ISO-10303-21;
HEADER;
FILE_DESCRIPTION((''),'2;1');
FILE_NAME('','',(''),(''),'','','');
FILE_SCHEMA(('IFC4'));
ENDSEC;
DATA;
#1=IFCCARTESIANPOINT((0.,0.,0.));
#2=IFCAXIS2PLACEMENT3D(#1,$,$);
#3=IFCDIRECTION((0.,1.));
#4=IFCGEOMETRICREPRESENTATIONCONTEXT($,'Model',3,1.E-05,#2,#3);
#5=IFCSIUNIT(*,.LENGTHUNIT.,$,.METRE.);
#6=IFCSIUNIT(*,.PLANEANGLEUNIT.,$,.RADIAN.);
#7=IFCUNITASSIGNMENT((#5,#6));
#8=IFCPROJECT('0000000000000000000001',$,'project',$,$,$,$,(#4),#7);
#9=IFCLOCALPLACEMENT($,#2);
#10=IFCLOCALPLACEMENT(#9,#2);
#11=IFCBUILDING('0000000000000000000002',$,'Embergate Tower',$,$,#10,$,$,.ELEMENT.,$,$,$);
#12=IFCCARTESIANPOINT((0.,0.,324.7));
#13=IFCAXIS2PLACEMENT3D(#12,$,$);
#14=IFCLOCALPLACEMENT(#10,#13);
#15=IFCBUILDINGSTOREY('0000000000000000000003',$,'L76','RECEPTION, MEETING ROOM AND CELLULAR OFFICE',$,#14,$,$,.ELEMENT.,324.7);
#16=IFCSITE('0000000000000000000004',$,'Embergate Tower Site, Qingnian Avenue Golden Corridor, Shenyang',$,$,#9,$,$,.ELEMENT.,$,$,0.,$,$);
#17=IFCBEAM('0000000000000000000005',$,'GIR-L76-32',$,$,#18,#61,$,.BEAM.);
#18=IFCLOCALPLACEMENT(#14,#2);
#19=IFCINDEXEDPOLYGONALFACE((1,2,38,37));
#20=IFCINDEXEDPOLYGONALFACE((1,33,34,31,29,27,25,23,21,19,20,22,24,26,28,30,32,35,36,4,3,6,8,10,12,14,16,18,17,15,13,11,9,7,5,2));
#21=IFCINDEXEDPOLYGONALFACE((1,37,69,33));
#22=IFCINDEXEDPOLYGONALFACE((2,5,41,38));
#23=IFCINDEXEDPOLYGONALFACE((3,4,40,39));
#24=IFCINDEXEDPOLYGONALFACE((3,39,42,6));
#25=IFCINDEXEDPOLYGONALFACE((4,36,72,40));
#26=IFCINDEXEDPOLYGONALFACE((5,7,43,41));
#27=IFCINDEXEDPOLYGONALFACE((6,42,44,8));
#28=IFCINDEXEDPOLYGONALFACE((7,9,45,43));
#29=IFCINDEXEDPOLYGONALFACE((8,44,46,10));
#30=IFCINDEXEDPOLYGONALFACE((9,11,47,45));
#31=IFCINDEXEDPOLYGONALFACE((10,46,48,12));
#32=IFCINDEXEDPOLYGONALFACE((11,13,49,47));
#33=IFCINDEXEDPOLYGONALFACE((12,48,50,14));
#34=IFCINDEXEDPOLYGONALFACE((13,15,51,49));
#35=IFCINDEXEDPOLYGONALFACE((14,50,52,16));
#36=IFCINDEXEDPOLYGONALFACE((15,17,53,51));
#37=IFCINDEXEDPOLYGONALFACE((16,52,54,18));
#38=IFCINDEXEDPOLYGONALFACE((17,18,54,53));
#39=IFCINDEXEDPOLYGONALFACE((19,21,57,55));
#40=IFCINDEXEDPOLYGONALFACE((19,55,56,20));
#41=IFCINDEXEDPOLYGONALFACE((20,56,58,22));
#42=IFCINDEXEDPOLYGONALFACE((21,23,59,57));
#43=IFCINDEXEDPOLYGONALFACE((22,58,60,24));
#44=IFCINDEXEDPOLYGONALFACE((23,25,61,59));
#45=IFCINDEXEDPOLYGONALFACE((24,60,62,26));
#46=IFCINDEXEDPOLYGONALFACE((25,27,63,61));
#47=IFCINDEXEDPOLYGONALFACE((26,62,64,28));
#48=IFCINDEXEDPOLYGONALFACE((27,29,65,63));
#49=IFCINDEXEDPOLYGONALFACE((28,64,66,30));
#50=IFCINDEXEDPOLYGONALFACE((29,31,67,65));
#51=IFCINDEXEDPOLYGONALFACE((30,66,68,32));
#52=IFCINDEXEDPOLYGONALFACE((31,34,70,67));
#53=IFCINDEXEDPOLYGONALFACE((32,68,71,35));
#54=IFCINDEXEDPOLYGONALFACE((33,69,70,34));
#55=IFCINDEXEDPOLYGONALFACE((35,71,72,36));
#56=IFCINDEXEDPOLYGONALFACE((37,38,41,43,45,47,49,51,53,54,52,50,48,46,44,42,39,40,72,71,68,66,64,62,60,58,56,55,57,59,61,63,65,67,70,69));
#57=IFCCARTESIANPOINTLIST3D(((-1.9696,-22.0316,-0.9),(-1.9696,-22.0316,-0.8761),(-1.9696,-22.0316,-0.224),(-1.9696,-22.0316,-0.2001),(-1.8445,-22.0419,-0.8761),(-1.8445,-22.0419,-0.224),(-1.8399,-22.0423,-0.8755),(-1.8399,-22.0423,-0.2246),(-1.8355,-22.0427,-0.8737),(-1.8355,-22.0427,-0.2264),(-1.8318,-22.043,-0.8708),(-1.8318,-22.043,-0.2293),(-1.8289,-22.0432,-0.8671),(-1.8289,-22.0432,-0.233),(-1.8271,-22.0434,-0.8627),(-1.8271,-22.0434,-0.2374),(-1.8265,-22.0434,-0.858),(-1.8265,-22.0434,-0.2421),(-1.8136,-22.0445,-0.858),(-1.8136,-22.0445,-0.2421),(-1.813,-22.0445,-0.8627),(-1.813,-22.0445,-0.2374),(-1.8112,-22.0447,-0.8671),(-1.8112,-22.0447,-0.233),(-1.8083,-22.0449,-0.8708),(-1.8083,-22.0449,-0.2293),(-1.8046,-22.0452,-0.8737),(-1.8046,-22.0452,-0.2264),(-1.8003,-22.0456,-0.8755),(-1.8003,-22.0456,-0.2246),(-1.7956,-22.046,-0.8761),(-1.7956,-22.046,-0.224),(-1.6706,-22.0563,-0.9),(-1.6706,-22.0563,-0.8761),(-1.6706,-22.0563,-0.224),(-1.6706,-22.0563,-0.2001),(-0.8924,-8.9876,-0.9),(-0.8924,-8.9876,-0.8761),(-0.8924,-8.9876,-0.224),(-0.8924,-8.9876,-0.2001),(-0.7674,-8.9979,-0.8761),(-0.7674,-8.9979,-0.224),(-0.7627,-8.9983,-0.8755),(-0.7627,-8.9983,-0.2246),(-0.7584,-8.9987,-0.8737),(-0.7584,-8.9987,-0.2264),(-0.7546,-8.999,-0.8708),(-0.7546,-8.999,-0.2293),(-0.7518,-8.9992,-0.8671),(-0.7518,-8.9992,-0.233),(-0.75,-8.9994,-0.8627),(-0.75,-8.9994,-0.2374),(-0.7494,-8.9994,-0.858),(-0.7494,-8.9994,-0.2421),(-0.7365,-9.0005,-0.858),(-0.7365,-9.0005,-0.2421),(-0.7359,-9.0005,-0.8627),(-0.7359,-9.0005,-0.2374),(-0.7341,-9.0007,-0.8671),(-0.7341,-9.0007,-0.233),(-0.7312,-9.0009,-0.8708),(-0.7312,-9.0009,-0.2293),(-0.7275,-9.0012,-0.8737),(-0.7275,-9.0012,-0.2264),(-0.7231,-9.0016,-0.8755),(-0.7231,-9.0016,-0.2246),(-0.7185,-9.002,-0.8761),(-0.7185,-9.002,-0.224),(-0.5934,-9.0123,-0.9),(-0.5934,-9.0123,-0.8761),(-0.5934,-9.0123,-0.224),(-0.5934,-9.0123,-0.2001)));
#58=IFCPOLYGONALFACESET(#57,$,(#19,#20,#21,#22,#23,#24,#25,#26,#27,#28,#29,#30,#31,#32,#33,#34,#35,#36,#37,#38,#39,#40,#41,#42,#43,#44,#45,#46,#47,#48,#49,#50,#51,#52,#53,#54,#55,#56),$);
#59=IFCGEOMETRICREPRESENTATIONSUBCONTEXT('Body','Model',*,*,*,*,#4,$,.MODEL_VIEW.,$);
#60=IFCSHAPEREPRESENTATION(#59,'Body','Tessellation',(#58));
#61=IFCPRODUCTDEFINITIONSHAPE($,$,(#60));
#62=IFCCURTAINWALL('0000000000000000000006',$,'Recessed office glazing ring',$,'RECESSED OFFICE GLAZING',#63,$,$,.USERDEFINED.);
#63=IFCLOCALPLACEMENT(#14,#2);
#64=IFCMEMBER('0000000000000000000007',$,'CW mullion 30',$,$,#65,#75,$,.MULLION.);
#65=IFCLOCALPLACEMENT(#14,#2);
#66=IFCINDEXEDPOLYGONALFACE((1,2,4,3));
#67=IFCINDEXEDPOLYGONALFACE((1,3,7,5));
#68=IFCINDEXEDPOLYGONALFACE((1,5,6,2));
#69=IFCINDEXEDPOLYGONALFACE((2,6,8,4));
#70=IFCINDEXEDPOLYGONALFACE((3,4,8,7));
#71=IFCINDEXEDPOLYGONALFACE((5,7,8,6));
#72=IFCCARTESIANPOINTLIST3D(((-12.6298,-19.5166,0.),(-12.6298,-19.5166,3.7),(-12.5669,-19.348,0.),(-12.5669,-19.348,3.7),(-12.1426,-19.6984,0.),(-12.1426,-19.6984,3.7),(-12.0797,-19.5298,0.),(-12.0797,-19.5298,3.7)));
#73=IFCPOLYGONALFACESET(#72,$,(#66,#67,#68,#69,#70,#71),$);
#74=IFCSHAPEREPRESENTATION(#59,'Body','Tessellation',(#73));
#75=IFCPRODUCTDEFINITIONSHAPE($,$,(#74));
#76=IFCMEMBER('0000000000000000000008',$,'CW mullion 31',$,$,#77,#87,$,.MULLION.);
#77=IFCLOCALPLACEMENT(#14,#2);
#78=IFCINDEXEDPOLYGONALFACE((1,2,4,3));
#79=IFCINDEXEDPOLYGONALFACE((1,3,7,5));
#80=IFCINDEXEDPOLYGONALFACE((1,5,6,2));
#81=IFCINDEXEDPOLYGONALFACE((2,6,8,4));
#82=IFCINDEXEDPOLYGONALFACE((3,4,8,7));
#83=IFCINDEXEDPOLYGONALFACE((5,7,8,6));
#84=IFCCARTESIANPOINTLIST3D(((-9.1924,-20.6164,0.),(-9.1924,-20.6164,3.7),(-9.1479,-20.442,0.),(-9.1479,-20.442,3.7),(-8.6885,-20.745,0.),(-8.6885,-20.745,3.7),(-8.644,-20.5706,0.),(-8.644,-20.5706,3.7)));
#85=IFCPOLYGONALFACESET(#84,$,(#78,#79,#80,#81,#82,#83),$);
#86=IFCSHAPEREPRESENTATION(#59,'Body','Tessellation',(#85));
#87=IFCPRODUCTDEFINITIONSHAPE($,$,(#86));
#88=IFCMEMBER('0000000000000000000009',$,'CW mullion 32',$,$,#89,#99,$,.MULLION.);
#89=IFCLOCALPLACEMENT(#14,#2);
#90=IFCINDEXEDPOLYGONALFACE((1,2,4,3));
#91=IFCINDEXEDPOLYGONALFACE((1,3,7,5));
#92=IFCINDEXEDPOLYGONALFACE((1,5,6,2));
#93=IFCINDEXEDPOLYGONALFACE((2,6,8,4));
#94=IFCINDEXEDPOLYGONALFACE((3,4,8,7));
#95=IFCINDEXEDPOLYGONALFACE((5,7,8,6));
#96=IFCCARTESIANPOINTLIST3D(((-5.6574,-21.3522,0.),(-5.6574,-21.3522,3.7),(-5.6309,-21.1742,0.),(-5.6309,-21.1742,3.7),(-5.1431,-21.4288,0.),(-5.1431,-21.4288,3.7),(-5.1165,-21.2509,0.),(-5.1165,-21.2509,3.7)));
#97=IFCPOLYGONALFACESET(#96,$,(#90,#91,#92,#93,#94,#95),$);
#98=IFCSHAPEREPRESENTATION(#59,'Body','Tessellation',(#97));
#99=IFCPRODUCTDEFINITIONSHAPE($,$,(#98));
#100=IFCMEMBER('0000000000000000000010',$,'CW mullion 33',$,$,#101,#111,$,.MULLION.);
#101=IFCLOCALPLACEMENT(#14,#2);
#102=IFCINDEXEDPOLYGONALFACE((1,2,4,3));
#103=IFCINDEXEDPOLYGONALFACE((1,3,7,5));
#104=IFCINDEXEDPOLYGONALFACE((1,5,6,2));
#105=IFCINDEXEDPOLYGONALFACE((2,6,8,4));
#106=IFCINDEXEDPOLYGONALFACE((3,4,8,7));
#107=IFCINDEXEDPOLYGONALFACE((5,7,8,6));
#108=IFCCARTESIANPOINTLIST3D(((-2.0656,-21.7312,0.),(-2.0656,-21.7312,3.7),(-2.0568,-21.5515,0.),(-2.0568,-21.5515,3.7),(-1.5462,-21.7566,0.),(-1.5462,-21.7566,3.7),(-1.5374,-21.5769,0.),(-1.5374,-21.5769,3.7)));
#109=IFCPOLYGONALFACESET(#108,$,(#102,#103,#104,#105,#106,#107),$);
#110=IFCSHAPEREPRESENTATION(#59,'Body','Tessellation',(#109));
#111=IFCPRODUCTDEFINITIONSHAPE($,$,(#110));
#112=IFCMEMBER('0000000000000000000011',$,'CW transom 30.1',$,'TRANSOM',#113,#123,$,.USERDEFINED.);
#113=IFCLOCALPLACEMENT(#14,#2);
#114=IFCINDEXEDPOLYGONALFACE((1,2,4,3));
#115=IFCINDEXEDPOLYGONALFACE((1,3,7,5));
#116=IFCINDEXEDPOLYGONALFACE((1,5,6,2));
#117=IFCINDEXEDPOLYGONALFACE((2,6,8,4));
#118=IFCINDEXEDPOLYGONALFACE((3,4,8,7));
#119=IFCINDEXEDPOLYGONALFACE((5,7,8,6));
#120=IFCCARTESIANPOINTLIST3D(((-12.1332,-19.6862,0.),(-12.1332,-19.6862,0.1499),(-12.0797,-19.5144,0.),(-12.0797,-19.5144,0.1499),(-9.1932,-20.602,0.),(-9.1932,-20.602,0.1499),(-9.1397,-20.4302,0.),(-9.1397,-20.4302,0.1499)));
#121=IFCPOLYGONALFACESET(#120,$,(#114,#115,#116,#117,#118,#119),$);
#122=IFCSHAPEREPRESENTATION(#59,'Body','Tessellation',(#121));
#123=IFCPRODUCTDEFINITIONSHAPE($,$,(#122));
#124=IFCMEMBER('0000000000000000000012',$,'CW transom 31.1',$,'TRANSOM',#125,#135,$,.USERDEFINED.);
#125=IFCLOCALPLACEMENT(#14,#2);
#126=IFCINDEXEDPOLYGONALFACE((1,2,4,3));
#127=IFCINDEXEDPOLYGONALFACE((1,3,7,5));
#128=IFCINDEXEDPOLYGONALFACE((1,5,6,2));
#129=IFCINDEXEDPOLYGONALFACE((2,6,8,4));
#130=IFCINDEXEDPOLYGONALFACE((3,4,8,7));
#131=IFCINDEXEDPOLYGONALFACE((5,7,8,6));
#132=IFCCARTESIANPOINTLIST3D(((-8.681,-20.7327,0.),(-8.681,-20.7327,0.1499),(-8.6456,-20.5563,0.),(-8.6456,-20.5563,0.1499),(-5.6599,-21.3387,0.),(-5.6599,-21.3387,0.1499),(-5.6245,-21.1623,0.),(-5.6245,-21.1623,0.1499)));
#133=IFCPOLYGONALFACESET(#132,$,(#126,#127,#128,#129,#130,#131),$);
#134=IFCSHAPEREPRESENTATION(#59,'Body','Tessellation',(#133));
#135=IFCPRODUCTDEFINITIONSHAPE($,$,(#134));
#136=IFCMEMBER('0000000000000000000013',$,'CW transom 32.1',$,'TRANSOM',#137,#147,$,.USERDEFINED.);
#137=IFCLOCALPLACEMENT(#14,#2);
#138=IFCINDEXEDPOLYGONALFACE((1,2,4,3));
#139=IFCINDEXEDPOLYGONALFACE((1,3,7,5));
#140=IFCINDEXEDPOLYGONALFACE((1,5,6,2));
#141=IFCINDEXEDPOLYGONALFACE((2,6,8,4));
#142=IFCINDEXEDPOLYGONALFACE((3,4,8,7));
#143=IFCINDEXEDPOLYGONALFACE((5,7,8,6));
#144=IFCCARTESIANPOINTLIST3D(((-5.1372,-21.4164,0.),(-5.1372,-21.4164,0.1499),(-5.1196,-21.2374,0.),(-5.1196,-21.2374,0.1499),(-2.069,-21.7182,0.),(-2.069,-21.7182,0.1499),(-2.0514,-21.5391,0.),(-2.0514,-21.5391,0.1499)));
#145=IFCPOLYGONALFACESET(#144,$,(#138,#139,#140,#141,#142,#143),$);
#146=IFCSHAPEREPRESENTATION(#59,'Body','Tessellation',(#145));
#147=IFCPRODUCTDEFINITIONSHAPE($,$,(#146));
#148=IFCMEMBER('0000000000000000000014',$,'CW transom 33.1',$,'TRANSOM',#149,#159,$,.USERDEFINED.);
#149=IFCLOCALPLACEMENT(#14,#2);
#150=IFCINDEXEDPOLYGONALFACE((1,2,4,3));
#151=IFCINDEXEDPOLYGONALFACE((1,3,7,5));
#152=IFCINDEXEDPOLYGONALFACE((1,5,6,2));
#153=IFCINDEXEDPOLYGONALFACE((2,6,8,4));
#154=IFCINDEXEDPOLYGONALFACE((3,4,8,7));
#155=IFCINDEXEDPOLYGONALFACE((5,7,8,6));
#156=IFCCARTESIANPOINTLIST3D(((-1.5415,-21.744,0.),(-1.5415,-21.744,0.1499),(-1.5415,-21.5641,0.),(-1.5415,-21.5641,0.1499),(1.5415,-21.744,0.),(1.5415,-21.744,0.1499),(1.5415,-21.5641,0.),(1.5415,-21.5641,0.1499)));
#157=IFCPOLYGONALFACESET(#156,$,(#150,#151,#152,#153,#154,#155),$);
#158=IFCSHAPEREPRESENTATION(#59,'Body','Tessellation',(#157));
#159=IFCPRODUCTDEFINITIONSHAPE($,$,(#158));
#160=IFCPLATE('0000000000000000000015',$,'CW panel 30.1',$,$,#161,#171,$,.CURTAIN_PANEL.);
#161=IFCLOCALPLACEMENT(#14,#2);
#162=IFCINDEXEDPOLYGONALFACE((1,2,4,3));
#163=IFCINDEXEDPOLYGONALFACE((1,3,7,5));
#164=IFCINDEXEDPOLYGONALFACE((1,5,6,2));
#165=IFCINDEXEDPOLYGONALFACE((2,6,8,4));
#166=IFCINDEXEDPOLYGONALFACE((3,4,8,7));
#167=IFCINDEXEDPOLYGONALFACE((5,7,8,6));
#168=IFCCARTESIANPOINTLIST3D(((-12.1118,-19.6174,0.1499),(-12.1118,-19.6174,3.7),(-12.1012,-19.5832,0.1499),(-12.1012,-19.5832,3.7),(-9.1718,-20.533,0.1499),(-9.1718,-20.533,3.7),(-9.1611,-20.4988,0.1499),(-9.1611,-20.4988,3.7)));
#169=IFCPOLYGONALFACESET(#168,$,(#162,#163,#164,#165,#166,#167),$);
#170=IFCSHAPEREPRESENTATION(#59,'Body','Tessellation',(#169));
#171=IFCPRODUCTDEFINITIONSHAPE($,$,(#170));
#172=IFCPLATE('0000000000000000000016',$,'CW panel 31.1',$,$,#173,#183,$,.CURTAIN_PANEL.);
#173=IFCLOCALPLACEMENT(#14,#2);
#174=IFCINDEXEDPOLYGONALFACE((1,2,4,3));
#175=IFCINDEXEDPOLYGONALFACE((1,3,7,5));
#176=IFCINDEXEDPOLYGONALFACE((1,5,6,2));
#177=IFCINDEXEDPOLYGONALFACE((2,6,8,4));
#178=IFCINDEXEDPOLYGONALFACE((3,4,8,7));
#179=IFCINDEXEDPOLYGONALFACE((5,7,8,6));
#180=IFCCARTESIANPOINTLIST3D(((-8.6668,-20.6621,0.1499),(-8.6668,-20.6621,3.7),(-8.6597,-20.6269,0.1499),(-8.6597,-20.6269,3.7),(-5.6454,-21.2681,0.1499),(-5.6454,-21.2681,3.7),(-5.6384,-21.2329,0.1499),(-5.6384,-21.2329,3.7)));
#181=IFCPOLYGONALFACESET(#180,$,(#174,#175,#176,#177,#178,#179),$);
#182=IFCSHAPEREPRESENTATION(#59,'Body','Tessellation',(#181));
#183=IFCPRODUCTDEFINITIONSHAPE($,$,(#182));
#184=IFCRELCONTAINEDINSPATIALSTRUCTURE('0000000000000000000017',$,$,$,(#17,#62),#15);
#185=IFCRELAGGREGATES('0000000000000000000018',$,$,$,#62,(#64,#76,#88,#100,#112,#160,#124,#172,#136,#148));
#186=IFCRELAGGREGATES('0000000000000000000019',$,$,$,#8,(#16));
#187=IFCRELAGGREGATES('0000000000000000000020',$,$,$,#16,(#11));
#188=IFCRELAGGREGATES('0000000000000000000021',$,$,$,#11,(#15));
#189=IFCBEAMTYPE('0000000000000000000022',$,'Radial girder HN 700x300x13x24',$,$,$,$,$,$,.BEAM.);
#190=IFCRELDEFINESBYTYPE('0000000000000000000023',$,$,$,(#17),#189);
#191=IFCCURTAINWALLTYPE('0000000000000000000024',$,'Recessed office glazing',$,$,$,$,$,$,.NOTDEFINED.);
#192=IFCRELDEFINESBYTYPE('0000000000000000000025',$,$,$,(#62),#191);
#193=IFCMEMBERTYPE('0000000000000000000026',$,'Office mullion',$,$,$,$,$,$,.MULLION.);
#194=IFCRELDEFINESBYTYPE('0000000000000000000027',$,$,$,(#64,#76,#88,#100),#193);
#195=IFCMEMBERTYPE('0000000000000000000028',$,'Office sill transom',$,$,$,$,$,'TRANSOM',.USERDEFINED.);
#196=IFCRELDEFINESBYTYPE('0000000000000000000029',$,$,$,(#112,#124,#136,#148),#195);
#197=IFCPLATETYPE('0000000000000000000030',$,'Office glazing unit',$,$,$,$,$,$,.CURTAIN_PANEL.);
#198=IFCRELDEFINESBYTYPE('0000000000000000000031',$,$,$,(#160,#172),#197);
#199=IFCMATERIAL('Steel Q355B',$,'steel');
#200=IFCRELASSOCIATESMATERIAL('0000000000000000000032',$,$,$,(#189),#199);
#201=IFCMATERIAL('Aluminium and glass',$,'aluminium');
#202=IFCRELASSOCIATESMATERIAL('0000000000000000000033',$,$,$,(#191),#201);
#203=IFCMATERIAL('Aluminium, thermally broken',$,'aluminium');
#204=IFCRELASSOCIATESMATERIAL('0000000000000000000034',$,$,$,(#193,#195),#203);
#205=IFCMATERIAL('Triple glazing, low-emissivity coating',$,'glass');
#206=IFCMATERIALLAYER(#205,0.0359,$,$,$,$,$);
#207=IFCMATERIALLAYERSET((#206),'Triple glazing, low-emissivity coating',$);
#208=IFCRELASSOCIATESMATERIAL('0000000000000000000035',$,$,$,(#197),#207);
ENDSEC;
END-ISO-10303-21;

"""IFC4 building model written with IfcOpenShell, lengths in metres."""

from ifc_helpers import new_model, si_unit, direction, frame, origin, origin_2d, place, context, subcontext, project, spatial, rectangle, i_section, extrude, source, transform, mapped, material, layer, layer_set, material_profile, profile_set, type_object, element, aggregate, save


model = new_model("IFC4")

# Units and contexts
model_context = context("Model", 3, precision=1e-05, world=origin(), true_north=direction((0.0, 1.0)))
body_context = subcontext(model_context, "Body", "Model", "MODEL_VIEW")
ifc_project = project(units=[si_unit("LENGTHUNIT", "METRE"), si_unit("PLANEANGLEUNIT", "RADIAN")], contexts=[model_context])

# Site, building, storey
site_placement = place(None, origin())
site = spatial("IfcSite", under=ifc_project, at=site_placement, Name="Embergate Tower Site, Qingnian Avenue Golden Corridor, Shenyang", CompositionType="ELEMENT", RefElevation=0.0)
building_placement = place(site_placement, origin())
building = spatial("IfcBuilding", under=site, at=building_placement, Name="Embergate Tower", CompositionType="ELEMENT")
storey_placement = place(building_placement, frame((0.0, 0.0, 324.7)))
storey = spatial("IfcBuildingStorey", under=building, at=storey_placement, Name="L76", Description="RECEPTION, MEETING ROOM AND CELLULAR OFFICE", CompositionType="ELEMENT", Elevation=324.7)

# Beam
ifc_material_1 = material(Name="Steel Q355B", Category="steel")
ifc_material_profile_1 = material_profile(ifc_material_1, i_section(OverallWidth=0.3, OverallDepth=0.7, WebThickness=0.0129, FlangeThickness=0.0239, FilletRadius=0.0181, at=origin_2d()), Name="HN 700x300x13x24")
ifc_profile_set_1 = profile_set([ifc_material_profile_1], Name="Steel Q355 grade B")
beam_type_1 = type_object("IfcBeamType", Name="Radial girder HN 700x300x13x24", PredefinedType="BEAM", material=ifc_profile_set_1)
shared_shape_1 = source(origin(), body_context, "Body", "SweptSolid", [
    extrude(i_section(OverallWidth=0.3, OverallDepth=0.7, WebThickness=0.0129, FlangeThickness=0.0239, FilletRadius=0.0181, at=origin_2d()), origin(), (0.0, 0.0, 1.0), 13.0884),
])
beam_1_placement = place(storey_placement, frame((-1.8201, -22.0439, -0.55), z_axis=(0.082298, 0.996608, 0.0), x_axis=(-0.996608, 0.082298, 0.0)))
element("IfcBeam", 1, at=beam_1_placement, inside=storey, type_object=beam_type_1, Name="GIR-L76-32", PredefinedType="BEAM", context=body_context, shape_type="MappedRepresentation", body=[
    mapped(shared_shape_1, transform((0.0, 0.0, 0.0))),
])

# Curtain wall, members
ifc_material_2 = material(Name="Aluminium and glass", Category="aluminium")
curtain_wall_type = type_object("IfcCurtainWallType", Name="Recessed office glazing", PredefinedType="NOTDEFINED", material=ifc_material_2)
curtain_wall_placement = place(storey_placement, origin())
curtain_wall = element("IfcCurtainWall", 2, at=curtain_wall_placement, inside=storey, type_object=curtain_wall_type, Name="Recessed office glazing ring", ObjectType="RECESSED OFFICE GLAZING", PredefinedType="USERDEFINED")
ifc_material_3 = material(Name="Aluminium, thermally broken", Category="aluminium")
ifc_material_profile_2 = material_profile(ifc_material_3, rectangle(XDim=0.1799, YDim=0.52, at=origin_2d()), Name="AL 520x180")
ifc_profile_set_2 = profile_set([ifc_material_profile_2], Name="Aluminium, thermally broken")
member_type_1 = type_object("IfcMemberType", Name="Office mullion", PredefinedType="MULLION", material=ifc_profile_set_2)
shared_shape_2 = source(origin(), body_context, "Body", "SweptSolid", [
    extrude(rectangle(XDim=0.1799, YDim=0.52, at=origin_2d()), origin(), (0.0, 0.0, 1.0), 3.7),
])
member_1_placement = place(storey_placement, frame((-12.3547, -19.5232, 0.0), z_axis=(0.0, 0.0, 1.0), x_axis=(0.349501, 0.936936, 0.0)))
member_1 = element("IfcMember", 3, at=member_1_placement, type_object=member_type_1, Name="CW mullion 30", PredefinedType="MULLION", context=body_context, shape_type="MappedRepresentation", body=[
    mapped(shared_shape_2, transform((0.0, 0.0, 0.0))),
])
member_2_placement = place(storey_placement, frame((-8.9182, -20.5935, 0.0), z_axis=(0.0, 0.0, 1.0), x_axis=(0.247312, 0.968936, 0.0)))
member_2 = element("IfcMember", 4, at=member_2_placement, type_object=member_type_1, Name="CW mullion 31", PredefinedType="MULLION", context=body_context, shape_type="MappedRepresentation", body=[
    mapped(shared_shape_2, transform((0.0, 0.0, 0.0))),
])
member_3_placement = place(storey_placement, frame((-5.387, -21.3015, 0.0), z_axis=(0.0, 0.0, 1.0), x_axis=(0.147412, 0.989075, 0.0)))
member_3 = element("IfcMember", 5, at=member_3_placement, type_object=member_type_1, Name="CW mullion 32", PredefinedType="MULLION", context=body_context, shape_type="MappedRepresentation", body=[
    mapped(shared_shape_2, transform((0.0, 0.0, 0.0))),
])
member_4_placement = place(storey_placement, frame((-1.8015, -21.6541, 0.0), z_axis=(0.0, 0.0, 1.0), x_axis=(0.048972, 0.9988, 0.0)))
member_4 = element("IfcMember", 6, at=member_4_placement, type_object=member_type_1, Name="CW mullion 33", PredefinedType="MULLION", context=body_context, shape_type="MappedRepresentation", body=[
    mapped(shared_shape_2, transform((0.0, 0.0, 0.0))),
])
ifc_material_profile_3 = material_profile(ifc_material_3, rectangle(XDim=0.1799, YDim=0.1499, at=origin_2d()), Name="AL 150x180")
ifc_profile_set_3 = profile_set([ifc_material_profile_3], Name="Aluminium, thermally broken")
member_type_2 = type_object("IfcMemberType", Name="Office sill transom", ElementType="TRANSOM", PredefinedType="USERDEFINED", material=ifc_profile_set_3)
shared_shape_3 = source(origin(), body_context, "Body", "SweptSolid", [
    extrude(rectangle(XDim=0.1799, YDim=0.1499, at=origin_2d()), origin(), (0.0, 0.0, 1.0), 3.0793),
])
member_5_placement = place(storey_placement, frame((-12.1064, -19.6003, 0.075), z_axis=(0.954753, -0.297399, 0.0), x_axis=(0.297399, 0.954753, 0.0)))
member_5 = element("IfcMember", 7, at=member_5_placement, type_object=member_type_2, Name="CW transom 30.1", ObjectType="TRANSOM", PredefinedType="USERDEFINED", context=body_context, shape_type="MappedRepresentation", body=[
    mapped(shared_shape_3, transform((0.0, 0.0, 0.0))),
])
shared_shape_4 = source(origin(), body_context, "Body", "SweptSolid", [
    extrude(rectangle(XDim=0.1799, YDim=0.1499, at=origin_2d()), origin(), (0.0, 0.0, 1.0), 3.0813),
])
member_6_placement = place(storey_placement, frame((-8.6633, -20.6445, 0.075), z_axis=(0.980474, -0.196649, 0.0), x_axis=(0.196649, 0.980474, 0.0)))
member_6 = element("IfcMember", 8, at=member_6_placement, type_object=member_type_2, Name="CW transom 31.1", ObjectType="TRANSOM", PredefinedType="USERDEFINED", context=body_context, shape_type="MappedRepresentation", body=[
    mapped(shared_shape_4, transform((0.0, 0.0, 0.0))),
])
shared_shape_5 = source(origin(), body_context, "Body", "SweptSolid", [
    extrude(rectangle(XDim=0.1799, YDim=0.1499, at=origin_2d()), origin(), (0.0, 0.0, 1.0), 3.083),
])
member_7_placement = place(storey_placement, frame((-5.1284, -21.3269, 0.075), z_axis=(0.995198, -0.097881, 0.0), x_axis=(0.097881, 0.995198, 0.0)))
member_7 = element("IfcMember", 9, at=member_7_placement, type_object=member_type_2, Name="CW transom 32.1", ObjectType="TRANSOM", PredefinedType="USERDEFINED", context=body_context, shape_type="MappedRepresentation", body=[
    mapped(shared_shape_5, transform((0.0, 0.0, 0.0))),
])
member_8_placement = place(storey_placement, frame((-1.5415, -21.6541, 0.075), z_axis=(1.0, 0.0, 0.0), x_axis=(0.0, 1.0, 0.0)))
member_8 = element("IfcMember", 10, at=member_8_placement, type_object=member_type_2, Name="CW transom 33.1", ObjectType="TRANSOM", PredefinedType="USERDEFINED", context=body_context, shape_type="MappedRepresentation", body=[
    mapped(shared_shape_5, transform((0.0, 0.0, 0.0))),
])

# Plates
ifc_material_4 = material(Name="Triple glazing, low-emissivity coating", Category="glass")
ifc_layer_1 = layer(ifc_material_4, 0.0359)
ifc_layer_set_1 = layer_set([ifc_layer_1], Name="Triple glazing, low-emissivity coating")
plate_type = type_object("IfcPlateType", Name="Office glazing unit", PredefinedType="CURTAIN_PANEL", material=ifc_layer_set_1)
shared_shape_6 = source(origin(), body_context, "Body", "SweptSolid", [
    extrude(rectangle(XDim=3.0793, YDim=0.0359, at=origin_2d()), origin(), (0.0, 0.0, 1.0), 3.55),
])
plate_1_placement = place(storey_placement, frame((-10.6365, -20.0581, 0.1499), z_axis=(0.0, 0.0, 1.0), x_axis=(0.954771, -0.297342, 0.0)))
plate_1 = element("IfcPlate", 11, at=plate_1_placement, type_object=plate_type, Name="CW panel 30.1", PredefinedType="CURTAIN_PANEL", context=body_context, shape_type="MappedRepresentation", body=[
    mapped(shared_shape_6, transform((0.0, 0.0, 0.0))),
])
shared_shape_7 = source(origin(), body_context, "Body", "SweptSolid", [
    extrude(rectangle(XDim=3.0815, YDim=0.0359, at=origin_2d()), origin(), (0.0, 0.0, 1.0), 3.55),
])
plate_2_placement = place(storey_placement, frame((-7.1526, -20.9475, 0.1499), z_axis=(0.0, 0.0, 1.0), x_axis=(0.980475, -0.196643, 0.0)))
plate_2 = element("IfcPlate", 12, at=plate_2_placement, type_object=plate_type, Name="CW panel 31.1", PredefinedType="CURTAIN_PANEL", context=body_context, shape_type="MappedRepresentation", body=[
    mapped(shared_shape_7, transform((0.0, 0.0, 0.0))),
])
aggregate(curtain_wall, [member_1, member_2, member_3, member_4, member_5, plate_1, member_6, plate_2, member_7, member_8])

save(model, "model.ifc")
